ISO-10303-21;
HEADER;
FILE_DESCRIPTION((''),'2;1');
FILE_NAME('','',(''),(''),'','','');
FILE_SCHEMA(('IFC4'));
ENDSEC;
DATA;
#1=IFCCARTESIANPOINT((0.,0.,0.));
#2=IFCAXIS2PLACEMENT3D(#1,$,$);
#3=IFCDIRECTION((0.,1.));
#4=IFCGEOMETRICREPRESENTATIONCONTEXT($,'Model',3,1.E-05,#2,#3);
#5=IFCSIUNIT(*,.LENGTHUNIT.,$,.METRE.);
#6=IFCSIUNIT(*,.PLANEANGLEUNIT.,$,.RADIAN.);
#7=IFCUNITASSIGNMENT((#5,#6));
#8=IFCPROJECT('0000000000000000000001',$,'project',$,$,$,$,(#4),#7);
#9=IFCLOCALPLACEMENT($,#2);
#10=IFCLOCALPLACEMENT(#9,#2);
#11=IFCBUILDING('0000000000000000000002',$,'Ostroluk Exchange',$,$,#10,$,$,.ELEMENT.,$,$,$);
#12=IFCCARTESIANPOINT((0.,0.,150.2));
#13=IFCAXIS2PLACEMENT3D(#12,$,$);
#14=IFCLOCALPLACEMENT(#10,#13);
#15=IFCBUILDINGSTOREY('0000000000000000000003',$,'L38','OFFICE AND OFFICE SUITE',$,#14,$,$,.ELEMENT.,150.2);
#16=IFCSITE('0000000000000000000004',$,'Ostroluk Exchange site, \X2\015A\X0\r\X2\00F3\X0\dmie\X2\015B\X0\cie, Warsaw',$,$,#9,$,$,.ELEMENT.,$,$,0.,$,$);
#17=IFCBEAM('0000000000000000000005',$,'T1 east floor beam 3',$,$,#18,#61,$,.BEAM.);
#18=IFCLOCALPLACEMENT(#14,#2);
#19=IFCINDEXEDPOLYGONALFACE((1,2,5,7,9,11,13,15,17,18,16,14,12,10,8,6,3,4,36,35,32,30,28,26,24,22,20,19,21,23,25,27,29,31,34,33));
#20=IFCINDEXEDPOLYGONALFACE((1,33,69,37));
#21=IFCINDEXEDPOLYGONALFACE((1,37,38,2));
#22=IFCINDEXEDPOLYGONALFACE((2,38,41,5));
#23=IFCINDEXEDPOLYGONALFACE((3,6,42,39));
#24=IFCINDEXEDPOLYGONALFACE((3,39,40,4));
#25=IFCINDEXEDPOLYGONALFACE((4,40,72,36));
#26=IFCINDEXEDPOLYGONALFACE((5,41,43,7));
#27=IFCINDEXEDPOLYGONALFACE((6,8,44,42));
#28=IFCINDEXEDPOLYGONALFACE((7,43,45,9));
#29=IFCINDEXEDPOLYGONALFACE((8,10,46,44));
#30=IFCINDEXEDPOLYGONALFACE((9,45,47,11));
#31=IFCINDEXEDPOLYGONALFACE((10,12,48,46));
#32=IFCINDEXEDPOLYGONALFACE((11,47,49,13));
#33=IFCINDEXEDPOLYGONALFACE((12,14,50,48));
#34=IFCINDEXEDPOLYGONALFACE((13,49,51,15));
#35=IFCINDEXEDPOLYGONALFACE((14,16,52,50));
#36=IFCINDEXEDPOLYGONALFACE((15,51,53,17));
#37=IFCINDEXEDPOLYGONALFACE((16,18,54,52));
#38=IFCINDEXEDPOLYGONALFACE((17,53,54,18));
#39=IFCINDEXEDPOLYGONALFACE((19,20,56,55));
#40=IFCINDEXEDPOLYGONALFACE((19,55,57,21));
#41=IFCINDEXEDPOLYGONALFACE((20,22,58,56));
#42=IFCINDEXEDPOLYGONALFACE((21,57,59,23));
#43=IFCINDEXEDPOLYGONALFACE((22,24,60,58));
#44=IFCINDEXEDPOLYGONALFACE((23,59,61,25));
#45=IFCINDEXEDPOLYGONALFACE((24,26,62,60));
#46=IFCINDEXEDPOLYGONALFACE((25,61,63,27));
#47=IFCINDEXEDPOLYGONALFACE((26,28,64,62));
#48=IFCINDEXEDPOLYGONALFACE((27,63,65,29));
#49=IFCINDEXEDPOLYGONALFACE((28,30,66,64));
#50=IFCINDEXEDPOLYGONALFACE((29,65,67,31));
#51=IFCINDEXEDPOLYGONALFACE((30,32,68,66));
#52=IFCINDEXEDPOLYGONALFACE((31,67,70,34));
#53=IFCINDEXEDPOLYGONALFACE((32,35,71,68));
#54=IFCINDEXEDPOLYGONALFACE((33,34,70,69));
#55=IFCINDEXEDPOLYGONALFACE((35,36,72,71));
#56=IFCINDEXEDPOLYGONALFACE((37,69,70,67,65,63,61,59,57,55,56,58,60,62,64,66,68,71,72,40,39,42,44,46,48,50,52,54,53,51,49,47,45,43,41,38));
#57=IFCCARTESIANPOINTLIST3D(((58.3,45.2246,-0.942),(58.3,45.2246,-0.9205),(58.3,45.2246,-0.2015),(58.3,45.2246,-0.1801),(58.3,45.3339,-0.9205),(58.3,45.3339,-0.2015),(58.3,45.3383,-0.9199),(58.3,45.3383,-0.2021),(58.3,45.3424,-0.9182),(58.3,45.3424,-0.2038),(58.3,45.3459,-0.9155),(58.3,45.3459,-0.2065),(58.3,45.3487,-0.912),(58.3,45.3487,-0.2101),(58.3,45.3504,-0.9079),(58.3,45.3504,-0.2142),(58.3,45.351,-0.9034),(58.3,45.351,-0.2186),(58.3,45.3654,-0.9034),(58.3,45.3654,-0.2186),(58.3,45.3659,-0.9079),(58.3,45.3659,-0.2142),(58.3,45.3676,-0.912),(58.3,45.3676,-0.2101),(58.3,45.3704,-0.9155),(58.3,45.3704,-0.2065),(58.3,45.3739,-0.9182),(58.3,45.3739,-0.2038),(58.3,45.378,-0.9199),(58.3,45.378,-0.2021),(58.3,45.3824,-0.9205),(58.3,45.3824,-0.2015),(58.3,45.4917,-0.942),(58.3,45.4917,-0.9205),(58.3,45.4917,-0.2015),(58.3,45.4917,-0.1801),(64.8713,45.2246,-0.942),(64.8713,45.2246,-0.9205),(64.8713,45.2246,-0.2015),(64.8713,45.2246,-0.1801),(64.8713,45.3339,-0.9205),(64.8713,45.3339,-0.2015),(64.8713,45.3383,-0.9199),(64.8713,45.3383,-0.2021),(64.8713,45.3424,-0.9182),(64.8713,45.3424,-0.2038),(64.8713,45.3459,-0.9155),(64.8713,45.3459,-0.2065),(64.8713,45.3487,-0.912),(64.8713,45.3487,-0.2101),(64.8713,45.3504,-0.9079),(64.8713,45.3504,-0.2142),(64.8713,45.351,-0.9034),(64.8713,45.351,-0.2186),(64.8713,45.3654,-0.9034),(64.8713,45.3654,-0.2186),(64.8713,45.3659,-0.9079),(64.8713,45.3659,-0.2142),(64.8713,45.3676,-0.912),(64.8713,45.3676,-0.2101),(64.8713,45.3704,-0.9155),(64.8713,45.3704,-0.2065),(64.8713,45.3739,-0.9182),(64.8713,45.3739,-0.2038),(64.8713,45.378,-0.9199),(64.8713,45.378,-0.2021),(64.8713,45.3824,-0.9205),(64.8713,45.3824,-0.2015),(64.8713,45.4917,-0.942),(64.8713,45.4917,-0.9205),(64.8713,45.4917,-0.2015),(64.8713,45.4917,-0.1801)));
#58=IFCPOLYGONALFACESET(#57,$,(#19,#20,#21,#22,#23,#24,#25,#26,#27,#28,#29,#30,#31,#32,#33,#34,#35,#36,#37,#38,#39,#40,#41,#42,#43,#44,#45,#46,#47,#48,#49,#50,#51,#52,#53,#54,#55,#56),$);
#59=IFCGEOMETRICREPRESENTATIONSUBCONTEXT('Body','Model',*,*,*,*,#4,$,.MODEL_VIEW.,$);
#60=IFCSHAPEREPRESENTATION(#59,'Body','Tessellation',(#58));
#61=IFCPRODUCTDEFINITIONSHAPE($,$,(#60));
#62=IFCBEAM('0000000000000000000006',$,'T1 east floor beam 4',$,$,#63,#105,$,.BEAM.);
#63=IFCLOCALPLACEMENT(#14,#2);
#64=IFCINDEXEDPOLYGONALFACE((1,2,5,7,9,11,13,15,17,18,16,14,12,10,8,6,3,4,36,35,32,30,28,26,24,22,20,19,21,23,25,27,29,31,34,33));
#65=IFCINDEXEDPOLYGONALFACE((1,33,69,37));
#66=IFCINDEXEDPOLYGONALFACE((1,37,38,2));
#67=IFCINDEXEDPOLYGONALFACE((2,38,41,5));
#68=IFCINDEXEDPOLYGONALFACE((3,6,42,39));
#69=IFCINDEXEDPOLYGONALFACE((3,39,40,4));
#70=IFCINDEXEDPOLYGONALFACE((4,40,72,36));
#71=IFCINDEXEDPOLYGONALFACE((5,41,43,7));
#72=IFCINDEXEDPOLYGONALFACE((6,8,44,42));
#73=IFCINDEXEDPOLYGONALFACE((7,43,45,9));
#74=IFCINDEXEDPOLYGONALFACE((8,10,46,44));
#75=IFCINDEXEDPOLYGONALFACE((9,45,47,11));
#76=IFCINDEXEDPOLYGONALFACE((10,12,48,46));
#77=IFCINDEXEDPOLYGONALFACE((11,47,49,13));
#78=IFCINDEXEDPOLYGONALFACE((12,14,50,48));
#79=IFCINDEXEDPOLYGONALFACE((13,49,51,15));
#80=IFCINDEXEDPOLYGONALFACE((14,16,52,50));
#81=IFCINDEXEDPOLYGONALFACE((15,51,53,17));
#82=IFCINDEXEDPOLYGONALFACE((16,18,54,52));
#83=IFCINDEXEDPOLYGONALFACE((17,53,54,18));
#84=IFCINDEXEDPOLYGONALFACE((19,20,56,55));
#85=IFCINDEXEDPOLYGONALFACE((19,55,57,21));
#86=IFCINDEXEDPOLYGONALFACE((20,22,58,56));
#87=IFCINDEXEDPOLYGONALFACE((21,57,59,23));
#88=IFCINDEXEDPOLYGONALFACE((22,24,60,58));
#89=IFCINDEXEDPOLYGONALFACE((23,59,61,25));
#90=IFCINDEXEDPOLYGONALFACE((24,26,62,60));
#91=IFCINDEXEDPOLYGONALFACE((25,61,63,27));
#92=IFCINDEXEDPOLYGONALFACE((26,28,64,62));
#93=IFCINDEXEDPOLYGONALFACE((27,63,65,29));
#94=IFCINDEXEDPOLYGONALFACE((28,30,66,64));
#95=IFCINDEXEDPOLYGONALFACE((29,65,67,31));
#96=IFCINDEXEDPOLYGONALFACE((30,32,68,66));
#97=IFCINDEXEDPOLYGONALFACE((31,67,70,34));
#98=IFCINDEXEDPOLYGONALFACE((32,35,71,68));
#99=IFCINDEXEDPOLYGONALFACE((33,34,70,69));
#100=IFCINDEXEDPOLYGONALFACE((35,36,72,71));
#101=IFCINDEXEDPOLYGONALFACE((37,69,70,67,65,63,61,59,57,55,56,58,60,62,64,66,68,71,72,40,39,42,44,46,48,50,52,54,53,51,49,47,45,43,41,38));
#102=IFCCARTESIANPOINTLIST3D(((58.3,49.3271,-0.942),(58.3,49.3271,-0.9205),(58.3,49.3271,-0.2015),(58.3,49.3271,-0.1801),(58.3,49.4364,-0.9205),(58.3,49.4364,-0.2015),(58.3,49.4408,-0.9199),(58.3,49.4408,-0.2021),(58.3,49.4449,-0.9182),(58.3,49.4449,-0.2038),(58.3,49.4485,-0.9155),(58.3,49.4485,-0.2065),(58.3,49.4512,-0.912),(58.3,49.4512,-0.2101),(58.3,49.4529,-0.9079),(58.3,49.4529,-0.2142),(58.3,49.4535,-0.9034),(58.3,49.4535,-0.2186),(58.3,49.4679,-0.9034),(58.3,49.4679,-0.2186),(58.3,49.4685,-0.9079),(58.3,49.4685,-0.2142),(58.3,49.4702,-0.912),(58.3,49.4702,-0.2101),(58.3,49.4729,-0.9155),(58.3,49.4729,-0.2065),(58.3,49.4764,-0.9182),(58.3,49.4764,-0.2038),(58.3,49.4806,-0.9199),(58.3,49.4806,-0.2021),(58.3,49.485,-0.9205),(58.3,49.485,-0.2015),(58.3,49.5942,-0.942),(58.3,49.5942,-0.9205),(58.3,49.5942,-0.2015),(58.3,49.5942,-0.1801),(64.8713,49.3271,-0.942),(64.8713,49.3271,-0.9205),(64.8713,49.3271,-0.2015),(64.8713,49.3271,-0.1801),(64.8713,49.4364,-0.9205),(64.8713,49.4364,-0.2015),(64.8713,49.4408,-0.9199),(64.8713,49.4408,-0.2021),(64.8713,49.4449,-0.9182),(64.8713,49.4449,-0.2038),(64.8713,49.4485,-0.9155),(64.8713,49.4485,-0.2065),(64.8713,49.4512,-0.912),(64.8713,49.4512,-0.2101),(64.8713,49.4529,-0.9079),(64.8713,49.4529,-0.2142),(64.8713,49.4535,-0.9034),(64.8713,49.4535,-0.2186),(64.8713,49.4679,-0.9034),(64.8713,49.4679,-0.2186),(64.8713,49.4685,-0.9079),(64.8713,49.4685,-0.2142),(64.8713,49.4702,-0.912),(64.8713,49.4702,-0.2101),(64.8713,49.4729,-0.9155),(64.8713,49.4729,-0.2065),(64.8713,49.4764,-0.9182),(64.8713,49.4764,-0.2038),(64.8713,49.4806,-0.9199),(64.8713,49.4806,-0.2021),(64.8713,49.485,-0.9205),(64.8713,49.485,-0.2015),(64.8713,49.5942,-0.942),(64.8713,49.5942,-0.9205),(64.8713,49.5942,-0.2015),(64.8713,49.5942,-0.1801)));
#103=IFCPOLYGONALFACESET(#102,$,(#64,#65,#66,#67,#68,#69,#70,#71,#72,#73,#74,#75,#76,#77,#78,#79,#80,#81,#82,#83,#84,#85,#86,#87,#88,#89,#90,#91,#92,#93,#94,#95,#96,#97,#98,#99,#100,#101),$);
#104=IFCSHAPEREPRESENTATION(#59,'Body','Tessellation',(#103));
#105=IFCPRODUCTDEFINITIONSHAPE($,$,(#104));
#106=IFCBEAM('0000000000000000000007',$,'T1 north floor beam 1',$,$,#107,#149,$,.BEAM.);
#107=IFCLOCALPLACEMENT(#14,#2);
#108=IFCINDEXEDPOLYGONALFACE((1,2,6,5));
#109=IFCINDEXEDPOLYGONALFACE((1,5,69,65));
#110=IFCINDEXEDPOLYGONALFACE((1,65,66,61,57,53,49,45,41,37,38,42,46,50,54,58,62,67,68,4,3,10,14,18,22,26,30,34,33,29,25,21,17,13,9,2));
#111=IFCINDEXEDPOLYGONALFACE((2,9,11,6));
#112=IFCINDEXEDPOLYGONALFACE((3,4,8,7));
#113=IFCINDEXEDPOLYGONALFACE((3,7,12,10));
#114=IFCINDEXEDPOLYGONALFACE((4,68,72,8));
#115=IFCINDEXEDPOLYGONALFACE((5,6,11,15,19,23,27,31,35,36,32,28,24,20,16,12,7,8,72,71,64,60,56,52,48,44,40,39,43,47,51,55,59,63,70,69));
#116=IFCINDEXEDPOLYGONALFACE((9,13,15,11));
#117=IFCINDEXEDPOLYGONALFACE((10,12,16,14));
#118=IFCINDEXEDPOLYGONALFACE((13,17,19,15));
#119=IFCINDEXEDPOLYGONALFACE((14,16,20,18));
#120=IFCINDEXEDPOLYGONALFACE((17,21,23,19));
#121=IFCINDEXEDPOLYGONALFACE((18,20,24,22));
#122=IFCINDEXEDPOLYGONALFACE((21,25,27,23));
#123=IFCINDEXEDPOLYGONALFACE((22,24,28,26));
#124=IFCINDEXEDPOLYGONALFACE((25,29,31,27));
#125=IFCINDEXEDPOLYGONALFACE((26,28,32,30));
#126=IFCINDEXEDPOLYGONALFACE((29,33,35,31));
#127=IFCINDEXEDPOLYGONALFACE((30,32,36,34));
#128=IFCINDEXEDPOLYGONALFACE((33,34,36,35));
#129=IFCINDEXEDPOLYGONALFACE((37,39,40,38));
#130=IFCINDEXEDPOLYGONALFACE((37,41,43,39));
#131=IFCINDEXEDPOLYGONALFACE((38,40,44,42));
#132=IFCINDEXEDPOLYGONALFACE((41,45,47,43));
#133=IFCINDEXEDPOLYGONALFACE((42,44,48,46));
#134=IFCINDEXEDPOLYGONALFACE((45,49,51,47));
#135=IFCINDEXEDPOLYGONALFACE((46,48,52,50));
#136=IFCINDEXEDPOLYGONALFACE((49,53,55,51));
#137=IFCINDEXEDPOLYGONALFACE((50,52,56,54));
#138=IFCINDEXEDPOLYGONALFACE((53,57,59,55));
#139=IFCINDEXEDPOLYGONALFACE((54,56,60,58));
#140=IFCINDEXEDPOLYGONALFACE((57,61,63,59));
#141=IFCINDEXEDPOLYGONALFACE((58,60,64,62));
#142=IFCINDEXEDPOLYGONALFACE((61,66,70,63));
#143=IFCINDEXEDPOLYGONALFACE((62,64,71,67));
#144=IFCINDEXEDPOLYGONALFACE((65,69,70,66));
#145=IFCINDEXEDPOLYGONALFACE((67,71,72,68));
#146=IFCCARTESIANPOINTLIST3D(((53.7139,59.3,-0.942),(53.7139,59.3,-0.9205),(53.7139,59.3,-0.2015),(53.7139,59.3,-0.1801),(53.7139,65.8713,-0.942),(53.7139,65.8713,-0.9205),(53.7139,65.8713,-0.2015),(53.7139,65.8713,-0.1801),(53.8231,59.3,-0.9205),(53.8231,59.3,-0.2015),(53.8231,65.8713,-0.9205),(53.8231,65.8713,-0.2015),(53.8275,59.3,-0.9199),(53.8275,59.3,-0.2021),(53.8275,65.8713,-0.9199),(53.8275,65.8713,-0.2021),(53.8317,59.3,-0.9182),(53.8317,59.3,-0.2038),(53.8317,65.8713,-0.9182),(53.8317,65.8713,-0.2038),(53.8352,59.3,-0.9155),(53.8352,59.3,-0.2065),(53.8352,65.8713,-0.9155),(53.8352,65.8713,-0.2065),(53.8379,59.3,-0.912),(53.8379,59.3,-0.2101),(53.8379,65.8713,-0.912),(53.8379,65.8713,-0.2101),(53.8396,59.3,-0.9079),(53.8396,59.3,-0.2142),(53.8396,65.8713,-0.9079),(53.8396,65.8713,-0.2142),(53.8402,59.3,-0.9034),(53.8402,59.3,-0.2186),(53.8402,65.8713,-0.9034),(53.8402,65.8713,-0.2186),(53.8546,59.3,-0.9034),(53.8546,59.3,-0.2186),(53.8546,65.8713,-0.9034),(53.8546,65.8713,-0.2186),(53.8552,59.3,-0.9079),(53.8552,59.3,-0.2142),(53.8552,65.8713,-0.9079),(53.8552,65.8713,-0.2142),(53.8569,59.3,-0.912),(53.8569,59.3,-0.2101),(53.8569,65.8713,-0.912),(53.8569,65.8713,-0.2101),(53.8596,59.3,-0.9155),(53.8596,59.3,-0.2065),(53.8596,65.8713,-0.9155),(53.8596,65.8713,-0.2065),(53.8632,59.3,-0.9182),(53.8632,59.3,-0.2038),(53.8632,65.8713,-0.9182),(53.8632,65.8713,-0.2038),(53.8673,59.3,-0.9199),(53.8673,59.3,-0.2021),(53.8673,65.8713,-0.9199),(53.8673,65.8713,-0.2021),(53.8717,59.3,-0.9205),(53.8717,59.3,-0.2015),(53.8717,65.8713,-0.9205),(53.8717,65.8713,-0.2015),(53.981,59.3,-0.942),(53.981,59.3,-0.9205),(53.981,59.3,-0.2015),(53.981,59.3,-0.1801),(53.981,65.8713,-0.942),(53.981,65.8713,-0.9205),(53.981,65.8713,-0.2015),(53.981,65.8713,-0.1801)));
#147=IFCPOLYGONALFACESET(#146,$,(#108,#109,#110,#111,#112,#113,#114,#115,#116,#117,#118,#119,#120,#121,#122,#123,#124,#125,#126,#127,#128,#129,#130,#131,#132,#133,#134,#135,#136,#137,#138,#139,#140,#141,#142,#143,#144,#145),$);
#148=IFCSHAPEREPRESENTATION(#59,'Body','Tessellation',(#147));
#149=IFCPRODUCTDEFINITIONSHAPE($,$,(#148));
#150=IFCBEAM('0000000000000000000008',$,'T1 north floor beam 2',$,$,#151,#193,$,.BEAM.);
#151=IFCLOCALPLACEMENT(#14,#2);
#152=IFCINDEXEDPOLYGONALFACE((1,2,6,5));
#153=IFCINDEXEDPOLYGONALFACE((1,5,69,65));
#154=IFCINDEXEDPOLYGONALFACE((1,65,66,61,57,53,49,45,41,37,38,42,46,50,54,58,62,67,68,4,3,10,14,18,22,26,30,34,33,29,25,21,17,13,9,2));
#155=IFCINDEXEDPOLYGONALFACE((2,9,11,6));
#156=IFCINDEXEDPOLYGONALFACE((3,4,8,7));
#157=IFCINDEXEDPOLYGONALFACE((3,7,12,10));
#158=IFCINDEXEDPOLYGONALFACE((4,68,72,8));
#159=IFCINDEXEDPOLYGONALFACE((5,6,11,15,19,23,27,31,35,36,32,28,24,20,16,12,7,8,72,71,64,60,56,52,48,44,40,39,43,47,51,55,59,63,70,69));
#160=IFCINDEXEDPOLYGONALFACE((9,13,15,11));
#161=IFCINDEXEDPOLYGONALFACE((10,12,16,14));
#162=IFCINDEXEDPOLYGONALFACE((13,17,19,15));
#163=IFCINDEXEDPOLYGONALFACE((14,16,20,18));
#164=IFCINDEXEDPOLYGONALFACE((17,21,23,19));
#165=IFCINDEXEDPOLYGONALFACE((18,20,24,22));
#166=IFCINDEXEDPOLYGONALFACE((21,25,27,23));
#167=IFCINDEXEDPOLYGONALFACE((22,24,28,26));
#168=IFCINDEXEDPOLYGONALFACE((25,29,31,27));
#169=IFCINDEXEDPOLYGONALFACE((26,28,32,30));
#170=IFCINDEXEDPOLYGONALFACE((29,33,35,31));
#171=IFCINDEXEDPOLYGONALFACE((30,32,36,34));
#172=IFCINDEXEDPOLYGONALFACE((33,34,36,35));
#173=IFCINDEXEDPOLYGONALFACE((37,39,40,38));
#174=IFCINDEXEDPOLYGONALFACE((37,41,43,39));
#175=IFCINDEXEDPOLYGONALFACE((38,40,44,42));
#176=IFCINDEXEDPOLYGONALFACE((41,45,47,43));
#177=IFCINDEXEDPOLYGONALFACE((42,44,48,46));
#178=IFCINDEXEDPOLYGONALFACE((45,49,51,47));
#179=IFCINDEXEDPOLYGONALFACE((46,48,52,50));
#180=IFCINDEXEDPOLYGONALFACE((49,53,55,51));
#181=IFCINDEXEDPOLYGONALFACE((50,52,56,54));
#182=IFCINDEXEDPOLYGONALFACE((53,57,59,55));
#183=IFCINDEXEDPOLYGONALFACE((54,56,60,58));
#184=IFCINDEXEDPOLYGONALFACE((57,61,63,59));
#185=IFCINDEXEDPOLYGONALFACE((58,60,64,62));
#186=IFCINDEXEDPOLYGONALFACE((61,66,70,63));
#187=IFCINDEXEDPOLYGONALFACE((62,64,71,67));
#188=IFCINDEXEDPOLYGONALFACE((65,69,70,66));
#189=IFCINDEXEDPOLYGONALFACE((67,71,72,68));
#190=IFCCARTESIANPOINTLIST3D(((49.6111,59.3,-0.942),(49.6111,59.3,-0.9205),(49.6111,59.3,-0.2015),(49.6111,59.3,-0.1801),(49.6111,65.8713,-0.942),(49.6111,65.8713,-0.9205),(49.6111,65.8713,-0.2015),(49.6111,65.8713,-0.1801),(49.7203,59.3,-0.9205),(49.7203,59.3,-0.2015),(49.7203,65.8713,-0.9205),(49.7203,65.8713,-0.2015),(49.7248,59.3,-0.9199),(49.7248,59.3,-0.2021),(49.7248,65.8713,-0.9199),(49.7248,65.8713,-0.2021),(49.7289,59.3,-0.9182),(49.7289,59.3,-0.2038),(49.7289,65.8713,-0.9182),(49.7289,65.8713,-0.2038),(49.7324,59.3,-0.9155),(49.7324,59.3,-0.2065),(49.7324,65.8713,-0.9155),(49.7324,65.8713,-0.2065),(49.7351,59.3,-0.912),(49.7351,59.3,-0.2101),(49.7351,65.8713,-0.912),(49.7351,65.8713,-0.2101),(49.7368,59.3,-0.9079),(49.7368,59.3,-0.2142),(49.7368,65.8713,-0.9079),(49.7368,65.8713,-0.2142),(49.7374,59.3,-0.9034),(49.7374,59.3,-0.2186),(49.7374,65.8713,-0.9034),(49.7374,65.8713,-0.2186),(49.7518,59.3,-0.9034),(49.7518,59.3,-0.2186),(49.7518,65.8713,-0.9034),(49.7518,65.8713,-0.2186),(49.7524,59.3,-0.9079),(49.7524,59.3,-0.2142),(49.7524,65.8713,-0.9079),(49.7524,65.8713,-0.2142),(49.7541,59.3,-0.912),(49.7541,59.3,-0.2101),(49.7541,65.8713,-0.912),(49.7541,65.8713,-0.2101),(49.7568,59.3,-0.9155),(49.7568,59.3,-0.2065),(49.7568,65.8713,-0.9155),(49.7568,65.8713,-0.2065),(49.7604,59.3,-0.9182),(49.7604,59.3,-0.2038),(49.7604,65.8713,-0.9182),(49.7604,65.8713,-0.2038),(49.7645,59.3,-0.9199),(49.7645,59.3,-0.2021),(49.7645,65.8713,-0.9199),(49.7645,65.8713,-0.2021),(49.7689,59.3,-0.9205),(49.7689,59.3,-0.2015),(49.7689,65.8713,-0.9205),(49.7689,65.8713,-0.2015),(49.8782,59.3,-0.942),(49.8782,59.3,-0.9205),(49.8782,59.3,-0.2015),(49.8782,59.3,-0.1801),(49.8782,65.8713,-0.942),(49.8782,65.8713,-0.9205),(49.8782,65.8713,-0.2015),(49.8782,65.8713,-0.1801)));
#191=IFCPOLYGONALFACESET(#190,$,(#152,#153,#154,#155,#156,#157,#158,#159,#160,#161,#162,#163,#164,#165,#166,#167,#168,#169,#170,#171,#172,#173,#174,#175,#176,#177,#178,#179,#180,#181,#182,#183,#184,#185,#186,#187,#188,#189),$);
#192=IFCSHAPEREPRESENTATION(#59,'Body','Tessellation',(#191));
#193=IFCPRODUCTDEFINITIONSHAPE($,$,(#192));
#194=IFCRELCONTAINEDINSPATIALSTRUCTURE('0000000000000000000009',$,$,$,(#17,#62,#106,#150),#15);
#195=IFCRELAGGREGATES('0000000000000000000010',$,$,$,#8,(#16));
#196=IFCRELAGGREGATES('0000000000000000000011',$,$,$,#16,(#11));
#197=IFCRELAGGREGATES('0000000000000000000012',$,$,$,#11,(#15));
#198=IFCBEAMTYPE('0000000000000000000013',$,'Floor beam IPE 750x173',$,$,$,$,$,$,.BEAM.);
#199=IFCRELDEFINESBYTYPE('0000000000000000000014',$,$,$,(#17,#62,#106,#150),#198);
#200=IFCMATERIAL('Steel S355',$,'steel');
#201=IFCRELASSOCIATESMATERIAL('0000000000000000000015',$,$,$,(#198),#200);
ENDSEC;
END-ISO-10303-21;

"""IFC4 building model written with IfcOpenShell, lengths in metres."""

from ifc_helpers import new_model, si_unit, direction, frame, origin, origin_2d, place, context, subcontext, project, spatial, i_section, extrude, material, material_profile, profile_set, type_object, element, save


model = new_model("IFC4")

# Units and contexts
model_context = context("Model", 3, precision=1e-05, world=origin(), true_north=direction((0.0, 1.0)))
body_context = subcontext(model_context, "Body", "Model", "MODEL_VIEW")
ifc_project = project(units=[si_unit("LENGTHUNIT", "METRE"), si_unit("PLANEANGLEUNIT", "RADIAN")], contexts=[model_context])

# Site, building, storey
site_placement = place(None, origin())
site = spatial("IfcSite", under=ifc_project, at=site_placement, Name="Ostroluk Exchange site, Śródmieście, Warsaw", CompositionType="ELEMENT", RefElevation=0.0)
building_placement = place(site_placement, origin())
building = spatial("IfcBuilding", under=site, at=building_placement, Name="Ostroluk Exchange", CompositionType="ELEMENT")
storey_placement = place(building_placement, frame((0.0, 0.0, 150.2)))
storey = spatial("IfcBuildingStorey", under=building, at=storey_placement, Name="L38", Description="OFFICE AND OFFICE SUITE", CompositionType="ELEMENT", Elevation=150.2)

# Beams
ifc_material_1 = material(Name="Steel S355", Category="steel")
ifc_material_profile = material_profile(ifc_material_1, i_section(OverallWidth=0.2671, OverallDepth=0.762, WebThickness=0.0144, FlangeThickness=0.0215, FilletRadius=0.0171, at=origin_2d()), Name="IPE 750x173")
ifc_profile_set = profile_set([ifc_material_profile], Name="Steel S355")
beam_type = type_object("IfcBeamType", Name="Floor beam IPE 750x173", PredefinedType="BEAM", material=ifc_profile_set)
for number, where, z_axis, x_axis, name in (
    (1, (58.3, 45.3582, -0.561), (1.0, 0.0, 0.0), (0.0, 1.0, 0.0), "T1 east floor beam 3"),
    (2, (58.3, 49.4607, -0.561), (1.0, 0.0, 0.0), (0.0, 1.0, 0.0), "T1 east floor beam 4"),
    (3, (53.8474, 59.3, -0.561), (0.0, 1.0, 0.0), (-1.0, 0.0, 0.0), "T1 north floor beam 1"),
    (4, (49.7446, 59.3, -0.561), (0.0, 1.0, 0.0), (-1.0, 0.0, 0.0), "T1 north floor beam 2"),
):
    element("IfcBeam", number, at=place(storey_placement, frame(where, z_axis=z_axis, x_axis=x_axis)), inside=storey, type_object=beam_type, Name=name, PredefinedType="BEAM", context=body_context, shape_type="SweptSolid", body=[
        extrude(i_section(OverallWidth=0.2671, OverallDepth=0.762, WebThickness=0.0144, FlangeThickness=0.0215, FilletRadius=0.0171, at=origin_2d()), origin(), (0.0, 0.0, 1.0), 6.5713),
    ])

save(model, "model.ifc")
